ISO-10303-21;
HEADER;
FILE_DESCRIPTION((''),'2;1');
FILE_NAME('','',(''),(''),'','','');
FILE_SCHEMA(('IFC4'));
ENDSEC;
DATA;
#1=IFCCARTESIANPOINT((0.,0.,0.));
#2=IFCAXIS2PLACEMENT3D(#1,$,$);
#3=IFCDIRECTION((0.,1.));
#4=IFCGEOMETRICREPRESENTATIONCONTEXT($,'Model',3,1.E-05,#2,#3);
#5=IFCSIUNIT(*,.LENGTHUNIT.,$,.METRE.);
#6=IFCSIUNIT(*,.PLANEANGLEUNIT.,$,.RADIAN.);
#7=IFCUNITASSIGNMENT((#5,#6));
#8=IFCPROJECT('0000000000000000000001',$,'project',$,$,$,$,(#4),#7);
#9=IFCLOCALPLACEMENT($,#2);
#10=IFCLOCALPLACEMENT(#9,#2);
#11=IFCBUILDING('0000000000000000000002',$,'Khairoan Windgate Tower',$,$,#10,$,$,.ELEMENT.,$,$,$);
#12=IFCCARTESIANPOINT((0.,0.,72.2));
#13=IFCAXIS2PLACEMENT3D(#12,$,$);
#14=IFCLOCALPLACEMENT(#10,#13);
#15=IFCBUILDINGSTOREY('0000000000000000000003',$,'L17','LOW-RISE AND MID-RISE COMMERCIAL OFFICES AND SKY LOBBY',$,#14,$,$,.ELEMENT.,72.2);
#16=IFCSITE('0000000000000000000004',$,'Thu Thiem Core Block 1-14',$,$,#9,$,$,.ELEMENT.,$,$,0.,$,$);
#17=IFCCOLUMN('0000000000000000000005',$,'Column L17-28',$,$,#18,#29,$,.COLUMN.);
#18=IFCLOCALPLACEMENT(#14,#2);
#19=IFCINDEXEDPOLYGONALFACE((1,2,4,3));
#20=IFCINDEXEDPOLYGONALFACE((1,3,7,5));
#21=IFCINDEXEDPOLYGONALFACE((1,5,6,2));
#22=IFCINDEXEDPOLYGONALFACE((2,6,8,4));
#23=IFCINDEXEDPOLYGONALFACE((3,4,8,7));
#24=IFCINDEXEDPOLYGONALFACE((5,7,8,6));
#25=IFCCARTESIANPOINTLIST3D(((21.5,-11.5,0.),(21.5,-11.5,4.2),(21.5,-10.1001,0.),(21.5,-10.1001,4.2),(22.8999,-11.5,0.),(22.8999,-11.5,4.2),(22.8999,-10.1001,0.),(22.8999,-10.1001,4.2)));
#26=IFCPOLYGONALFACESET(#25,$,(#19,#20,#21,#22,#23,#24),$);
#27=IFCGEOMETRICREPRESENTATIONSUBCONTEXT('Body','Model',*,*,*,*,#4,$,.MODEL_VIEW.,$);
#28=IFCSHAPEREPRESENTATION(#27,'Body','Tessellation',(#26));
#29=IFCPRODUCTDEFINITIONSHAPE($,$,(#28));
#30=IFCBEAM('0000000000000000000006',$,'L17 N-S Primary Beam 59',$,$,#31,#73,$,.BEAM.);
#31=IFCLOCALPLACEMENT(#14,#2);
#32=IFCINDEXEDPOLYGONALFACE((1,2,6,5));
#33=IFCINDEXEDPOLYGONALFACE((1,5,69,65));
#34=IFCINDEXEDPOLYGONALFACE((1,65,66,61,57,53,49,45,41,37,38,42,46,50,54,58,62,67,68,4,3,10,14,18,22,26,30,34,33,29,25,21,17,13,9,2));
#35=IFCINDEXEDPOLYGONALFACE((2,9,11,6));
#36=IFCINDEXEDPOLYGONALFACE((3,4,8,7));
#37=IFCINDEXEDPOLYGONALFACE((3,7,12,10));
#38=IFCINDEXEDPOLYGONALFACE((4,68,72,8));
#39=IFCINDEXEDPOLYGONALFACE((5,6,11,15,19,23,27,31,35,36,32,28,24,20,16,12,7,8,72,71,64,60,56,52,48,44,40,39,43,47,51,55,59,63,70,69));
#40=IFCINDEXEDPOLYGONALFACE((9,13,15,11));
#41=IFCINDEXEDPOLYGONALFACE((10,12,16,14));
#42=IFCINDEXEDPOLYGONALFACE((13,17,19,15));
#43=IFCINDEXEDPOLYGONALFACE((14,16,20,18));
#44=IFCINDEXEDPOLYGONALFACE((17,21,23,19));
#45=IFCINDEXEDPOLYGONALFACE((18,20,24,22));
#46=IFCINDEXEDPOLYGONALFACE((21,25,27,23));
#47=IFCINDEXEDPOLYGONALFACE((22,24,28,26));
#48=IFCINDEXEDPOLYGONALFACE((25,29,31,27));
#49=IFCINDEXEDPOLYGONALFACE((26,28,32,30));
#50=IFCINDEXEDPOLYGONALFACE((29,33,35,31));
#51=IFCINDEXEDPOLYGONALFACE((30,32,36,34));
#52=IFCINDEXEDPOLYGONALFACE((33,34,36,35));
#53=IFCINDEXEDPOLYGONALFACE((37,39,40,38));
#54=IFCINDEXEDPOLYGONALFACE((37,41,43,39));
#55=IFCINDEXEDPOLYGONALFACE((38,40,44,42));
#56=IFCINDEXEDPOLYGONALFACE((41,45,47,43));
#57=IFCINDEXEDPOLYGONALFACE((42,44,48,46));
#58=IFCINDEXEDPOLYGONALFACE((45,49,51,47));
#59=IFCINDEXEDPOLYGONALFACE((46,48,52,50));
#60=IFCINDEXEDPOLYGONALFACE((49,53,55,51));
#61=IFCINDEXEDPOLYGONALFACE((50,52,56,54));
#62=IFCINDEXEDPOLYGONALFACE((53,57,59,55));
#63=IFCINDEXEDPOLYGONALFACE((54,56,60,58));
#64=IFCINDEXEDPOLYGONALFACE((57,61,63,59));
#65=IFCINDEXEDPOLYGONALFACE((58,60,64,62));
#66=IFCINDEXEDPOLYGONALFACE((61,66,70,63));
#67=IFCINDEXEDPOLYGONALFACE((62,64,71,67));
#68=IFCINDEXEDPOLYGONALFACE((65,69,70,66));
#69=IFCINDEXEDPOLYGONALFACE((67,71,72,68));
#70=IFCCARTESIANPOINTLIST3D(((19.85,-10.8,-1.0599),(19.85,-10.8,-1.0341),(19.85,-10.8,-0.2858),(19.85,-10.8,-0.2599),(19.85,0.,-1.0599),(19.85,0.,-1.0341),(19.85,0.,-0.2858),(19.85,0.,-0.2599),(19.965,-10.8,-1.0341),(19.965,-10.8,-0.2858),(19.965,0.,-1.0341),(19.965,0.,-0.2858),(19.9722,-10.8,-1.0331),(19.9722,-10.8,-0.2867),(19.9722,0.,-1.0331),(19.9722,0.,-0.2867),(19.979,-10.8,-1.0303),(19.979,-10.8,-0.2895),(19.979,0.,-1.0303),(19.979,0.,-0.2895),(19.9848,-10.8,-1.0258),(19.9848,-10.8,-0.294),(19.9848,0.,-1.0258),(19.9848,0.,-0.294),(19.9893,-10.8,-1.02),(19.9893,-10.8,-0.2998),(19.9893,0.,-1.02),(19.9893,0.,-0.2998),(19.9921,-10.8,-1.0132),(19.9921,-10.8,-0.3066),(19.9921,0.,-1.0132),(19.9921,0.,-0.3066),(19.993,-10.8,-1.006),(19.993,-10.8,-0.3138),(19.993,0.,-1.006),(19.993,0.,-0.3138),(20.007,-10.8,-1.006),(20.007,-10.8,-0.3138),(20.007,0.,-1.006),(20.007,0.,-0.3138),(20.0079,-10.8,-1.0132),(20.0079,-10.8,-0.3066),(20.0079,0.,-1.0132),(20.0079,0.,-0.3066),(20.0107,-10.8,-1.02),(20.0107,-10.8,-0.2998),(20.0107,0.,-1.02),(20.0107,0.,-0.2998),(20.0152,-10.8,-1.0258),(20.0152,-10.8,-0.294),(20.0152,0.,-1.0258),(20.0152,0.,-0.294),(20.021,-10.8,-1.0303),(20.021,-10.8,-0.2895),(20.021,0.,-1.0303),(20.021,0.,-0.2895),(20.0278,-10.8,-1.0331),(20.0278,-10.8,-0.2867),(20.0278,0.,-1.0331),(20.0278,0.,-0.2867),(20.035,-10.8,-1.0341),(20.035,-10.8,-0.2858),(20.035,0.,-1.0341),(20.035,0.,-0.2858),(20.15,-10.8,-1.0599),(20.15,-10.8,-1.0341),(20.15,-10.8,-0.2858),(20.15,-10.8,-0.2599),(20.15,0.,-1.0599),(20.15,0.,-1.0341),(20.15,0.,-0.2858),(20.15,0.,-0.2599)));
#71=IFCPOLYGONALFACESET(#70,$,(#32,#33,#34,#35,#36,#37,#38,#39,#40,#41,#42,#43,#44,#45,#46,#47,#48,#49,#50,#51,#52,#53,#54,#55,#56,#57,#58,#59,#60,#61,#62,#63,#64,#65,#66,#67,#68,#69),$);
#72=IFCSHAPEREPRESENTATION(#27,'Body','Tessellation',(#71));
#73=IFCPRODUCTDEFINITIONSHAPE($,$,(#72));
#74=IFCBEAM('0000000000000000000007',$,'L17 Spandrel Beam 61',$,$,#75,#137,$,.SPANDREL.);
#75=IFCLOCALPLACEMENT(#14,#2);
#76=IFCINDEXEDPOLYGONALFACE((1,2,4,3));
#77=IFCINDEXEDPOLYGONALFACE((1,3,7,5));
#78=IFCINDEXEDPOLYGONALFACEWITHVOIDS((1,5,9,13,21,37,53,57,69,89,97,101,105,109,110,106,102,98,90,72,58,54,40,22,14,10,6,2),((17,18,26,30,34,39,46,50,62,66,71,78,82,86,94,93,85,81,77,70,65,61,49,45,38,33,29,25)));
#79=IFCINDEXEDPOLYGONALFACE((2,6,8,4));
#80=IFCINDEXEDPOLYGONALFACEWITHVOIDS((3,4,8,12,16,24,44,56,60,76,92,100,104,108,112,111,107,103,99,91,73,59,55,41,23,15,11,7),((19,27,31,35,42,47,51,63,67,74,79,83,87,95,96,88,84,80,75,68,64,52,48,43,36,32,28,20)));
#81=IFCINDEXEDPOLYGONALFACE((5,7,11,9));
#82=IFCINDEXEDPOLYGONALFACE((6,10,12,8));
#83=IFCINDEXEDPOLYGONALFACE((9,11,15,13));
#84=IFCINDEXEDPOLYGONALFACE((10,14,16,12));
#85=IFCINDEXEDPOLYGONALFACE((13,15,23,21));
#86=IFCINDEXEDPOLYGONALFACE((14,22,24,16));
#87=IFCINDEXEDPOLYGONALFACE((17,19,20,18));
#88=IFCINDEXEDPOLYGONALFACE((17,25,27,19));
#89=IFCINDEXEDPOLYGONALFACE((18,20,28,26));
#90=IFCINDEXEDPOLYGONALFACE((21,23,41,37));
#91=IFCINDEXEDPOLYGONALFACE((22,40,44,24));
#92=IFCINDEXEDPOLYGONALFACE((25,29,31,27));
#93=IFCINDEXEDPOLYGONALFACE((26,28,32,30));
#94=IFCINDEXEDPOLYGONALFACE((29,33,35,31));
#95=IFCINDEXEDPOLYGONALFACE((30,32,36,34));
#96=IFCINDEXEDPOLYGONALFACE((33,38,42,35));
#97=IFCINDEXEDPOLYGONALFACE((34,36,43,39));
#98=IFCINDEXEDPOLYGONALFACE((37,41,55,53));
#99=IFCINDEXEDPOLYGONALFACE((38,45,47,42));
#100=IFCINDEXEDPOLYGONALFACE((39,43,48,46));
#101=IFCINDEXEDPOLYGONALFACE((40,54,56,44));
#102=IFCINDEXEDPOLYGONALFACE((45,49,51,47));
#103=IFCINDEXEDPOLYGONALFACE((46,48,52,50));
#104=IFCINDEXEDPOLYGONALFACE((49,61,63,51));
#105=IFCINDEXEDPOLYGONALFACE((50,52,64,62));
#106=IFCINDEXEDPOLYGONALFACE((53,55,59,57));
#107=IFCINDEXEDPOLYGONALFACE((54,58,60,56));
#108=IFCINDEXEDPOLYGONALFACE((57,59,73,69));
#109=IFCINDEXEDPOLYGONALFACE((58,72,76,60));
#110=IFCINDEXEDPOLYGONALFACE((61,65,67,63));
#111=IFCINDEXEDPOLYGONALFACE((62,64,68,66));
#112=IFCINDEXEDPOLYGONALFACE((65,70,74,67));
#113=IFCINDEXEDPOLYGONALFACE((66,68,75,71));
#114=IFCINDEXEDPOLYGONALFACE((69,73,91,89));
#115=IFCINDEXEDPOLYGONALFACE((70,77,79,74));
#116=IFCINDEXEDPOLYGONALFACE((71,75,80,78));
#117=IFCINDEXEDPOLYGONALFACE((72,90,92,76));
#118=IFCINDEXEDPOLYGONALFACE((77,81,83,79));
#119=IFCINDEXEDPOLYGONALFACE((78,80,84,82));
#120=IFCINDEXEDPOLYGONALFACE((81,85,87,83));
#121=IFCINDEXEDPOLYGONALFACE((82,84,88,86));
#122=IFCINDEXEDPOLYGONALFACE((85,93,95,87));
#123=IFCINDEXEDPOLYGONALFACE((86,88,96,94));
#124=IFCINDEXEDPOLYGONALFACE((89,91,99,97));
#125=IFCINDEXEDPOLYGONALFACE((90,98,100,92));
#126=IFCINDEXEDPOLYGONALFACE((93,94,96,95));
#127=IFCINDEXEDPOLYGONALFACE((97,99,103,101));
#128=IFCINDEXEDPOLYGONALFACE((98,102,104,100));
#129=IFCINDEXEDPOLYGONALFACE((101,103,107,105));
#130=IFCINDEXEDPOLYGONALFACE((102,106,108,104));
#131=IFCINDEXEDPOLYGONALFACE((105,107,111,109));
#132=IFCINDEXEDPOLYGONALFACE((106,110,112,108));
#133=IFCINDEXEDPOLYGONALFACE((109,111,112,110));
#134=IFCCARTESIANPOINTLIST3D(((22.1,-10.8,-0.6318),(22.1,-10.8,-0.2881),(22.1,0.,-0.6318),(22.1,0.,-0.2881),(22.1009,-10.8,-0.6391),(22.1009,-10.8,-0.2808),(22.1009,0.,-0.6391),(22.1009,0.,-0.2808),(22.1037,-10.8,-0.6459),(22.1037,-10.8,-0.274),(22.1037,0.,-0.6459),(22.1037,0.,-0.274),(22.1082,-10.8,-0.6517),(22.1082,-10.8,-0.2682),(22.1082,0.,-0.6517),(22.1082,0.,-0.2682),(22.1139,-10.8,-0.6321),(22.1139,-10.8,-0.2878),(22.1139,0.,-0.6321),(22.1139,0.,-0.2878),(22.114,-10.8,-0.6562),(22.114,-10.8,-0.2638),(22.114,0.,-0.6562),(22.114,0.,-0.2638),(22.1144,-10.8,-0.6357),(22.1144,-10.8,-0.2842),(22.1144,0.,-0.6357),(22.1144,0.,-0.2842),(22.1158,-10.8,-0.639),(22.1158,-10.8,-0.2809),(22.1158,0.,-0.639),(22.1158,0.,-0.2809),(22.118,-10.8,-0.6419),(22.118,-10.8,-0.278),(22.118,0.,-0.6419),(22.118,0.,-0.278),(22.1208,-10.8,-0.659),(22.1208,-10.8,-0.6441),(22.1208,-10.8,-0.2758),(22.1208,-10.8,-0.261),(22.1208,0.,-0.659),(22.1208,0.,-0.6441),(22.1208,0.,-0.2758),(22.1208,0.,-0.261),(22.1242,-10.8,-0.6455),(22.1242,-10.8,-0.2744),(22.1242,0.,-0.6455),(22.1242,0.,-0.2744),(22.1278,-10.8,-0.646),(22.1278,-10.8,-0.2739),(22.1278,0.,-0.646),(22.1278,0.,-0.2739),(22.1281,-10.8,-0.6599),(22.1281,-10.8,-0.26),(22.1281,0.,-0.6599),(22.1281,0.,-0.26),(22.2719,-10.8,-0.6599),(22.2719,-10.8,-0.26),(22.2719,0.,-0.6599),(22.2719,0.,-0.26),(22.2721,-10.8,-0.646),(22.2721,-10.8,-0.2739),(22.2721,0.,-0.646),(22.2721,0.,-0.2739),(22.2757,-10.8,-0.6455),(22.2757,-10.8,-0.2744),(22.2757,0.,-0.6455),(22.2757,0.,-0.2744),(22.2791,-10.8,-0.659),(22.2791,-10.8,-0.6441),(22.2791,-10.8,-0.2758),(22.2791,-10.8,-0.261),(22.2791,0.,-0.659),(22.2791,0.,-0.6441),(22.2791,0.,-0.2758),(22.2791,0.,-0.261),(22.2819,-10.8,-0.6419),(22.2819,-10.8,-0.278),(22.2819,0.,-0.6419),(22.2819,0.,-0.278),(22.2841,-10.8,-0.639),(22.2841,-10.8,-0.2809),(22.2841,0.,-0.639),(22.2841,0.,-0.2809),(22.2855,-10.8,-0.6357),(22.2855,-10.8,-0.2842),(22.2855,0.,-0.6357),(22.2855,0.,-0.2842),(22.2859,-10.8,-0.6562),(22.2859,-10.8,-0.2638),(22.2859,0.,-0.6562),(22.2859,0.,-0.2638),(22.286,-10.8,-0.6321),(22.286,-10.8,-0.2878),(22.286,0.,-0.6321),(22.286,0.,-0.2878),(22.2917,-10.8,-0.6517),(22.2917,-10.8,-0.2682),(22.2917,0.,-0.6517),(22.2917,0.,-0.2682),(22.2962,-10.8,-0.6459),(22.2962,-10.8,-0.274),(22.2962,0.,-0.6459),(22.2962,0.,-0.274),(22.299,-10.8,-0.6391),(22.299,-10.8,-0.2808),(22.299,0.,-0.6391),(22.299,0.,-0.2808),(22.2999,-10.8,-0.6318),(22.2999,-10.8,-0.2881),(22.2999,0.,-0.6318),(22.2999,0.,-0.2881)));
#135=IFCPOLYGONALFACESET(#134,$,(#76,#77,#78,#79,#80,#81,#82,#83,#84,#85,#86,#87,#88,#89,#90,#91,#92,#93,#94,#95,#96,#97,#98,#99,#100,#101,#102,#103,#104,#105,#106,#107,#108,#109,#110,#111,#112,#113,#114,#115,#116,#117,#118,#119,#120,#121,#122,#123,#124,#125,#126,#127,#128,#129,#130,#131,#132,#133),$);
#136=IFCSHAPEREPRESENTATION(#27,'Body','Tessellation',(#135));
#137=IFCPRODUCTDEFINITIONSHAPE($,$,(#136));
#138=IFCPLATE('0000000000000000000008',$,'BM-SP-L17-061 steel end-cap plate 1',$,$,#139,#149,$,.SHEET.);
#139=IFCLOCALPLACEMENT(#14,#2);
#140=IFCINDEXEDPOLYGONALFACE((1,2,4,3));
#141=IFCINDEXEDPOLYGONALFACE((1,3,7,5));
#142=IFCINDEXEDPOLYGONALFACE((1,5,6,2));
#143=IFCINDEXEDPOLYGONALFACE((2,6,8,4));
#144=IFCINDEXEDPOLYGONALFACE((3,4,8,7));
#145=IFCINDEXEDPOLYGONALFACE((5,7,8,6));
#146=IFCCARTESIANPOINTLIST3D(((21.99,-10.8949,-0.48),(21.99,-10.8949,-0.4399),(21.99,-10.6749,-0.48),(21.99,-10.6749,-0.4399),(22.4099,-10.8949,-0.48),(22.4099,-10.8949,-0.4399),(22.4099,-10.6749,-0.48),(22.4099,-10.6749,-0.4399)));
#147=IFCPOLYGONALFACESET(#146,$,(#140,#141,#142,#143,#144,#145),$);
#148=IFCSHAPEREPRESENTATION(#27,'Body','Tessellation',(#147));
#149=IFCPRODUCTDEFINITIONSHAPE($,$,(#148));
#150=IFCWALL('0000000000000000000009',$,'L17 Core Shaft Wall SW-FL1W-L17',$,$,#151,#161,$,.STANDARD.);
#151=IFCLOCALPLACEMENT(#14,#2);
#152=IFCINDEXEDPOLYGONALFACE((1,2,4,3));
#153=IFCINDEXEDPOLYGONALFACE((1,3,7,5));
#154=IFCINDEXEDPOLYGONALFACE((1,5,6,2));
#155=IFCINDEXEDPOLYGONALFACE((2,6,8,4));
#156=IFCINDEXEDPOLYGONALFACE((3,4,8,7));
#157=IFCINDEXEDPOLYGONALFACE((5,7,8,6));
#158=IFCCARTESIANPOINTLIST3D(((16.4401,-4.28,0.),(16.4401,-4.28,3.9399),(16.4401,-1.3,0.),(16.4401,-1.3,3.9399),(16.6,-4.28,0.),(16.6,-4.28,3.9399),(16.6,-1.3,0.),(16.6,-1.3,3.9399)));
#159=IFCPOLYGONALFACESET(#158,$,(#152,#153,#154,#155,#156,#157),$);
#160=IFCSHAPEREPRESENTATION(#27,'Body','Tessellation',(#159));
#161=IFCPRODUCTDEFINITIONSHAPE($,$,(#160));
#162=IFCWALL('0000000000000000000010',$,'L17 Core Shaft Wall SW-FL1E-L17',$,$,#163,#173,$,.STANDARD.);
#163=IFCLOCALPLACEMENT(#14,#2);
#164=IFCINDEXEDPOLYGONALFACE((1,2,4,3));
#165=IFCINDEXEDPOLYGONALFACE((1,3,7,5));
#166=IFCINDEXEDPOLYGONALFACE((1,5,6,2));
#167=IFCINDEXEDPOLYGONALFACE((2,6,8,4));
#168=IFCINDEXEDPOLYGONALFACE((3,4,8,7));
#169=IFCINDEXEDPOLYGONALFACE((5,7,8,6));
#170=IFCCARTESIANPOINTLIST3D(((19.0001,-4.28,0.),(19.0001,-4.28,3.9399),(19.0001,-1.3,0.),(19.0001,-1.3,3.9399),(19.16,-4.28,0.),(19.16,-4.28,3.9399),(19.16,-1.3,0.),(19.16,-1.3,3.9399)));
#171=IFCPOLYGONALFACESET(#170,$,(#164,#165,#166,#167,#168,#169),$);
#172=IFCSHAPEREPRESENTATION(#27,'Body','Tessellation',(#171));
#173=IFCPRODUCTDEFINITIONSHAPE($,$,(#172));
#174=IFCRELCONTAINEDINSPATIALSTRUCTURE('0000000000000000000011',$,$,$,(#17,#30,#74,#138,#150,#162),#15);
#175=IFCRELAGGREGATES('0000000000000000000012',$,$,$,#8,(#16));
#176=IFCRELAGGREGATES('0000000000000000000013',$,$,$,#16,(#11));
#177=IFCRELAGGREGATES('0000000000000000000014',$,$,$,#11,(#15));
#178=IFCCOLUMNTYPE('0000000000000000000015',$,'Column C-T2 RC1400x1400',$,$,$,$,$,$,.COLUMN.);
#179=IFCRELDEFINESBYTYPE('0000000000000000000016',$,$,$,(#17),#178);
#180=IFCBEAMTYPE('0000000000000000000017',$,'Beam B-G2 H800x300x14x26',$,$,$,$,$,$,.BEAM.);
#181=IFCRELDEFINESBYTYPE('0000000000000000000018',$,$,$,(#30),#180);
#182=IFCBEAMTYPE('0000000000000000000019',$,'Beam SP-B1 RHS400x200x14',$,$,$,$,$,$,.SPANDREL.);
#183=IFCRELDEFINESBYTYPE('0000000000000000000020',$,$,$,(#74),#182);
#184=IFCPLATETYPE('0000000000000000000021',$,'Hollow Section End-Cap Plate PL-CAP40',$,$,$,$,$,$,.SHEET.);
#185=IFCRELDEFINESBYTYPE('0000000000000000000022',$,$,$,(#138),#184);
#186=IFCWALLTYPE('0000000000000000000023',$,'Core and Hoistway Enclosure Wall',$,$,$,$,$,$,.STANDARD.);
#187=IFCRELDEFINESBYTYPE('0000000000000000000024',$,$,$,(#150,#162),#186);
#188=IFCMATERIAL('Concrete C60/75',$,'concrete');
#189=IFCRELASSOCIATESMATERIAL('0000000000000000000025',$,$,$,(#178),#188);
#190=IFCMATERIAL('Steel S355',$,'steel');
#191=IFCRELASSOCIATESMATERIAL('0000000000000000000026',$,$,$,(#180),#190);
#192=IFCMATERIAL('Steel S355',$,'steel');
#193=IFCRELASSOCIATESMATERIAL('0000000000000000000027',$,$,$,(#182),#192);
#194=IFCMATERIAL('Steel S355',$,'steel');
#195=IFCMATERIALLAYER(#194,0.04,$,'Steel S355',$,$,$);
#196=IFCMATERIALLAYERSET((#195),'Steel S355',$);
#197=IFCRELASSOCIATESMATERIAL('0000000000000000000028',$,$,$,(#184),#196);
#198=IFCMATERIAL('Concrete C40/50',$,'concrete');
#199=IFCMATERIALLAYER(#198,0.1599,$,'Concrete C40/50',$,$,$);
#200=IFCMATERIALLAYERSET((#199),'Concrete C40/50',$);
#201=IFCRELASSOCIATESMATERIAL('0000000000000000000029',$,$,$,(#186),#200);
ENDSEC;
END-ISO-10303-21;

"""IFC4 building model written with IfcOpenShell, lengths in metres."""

from ifc_helpers import new_model, si_unit, direction, frame, frame_2d, origin, origin_2d, place, context, subcontext, project, spatial, rectangle, hollow_rectangle, i_section, extrude, material, layer, layer_set, material_profile, profile_set, type_object, element, save


model = new_model("IFC4")

# Units and contexts
model_context = context("Model", 3, precision=1e-05, world=origin(), true_north=direction((0.0, 1.0)))
body_context = subcontext(model_context, "Body", "Model", "MODEL_VIEW")
ifc_project = project(units=[si_unit("LENGTHUNIT", "METRE"), si_unit("PLANEANGLEUNIT", "RADIAN")], contexts=[model_context])

# Site, building, storey
site_placement = place(None, origin())
site = spatial("IfcSite", under=ifc_project, at=site_placement, Name="Thu Thiem Core Block 1-14", CompositionType="ELEMENT", RefElevation=0.0)
building_placement = place(site_placement, origin())
building = spatial("IfcBuilding", under=site, at=building_placement, Name="Khairoan Windgate Tower", CompositionType="ELEMENT")
storey_placement = place(building_placement, frame((0.0, 0.0, 72.2)))
storey = spatial("IfcBuildingStorey", under=building, at=storey_placement, Name="L17", Description="LOW-RISE AND MID-RISE COMMERCIAL OFFICES AND SKY LOBBY", CompositionType="ELEMENT", Elevation=72.2)

# Column
ifc_material_1 = material(Name="Concrete C60/75", Category="concrete")
ifc_material_profile_1 = material_profile(ifc_material_1, rectangle(XDim=1.3999, YDim=1.3999, at=origin_2d()))
ifc_profile_set_1 = profile_set([ifc_material_profile_1], Name="Concrete C60/75")
column_type = type_object("IfcColumnType", Name="Column C-T2 RC1400x1400", PredefinedType="COLUMN", material=ifc_profile_set_1)
column_placement = place(storey_placement, frame((22.2, -10.8, 0.0), z_axis=(0.0, 0.0, 1.0), x_axis=(1.0, 0.0, 0.0)))
element("IfcColumn", 1, at=column_placement, inside=storey, type_object=column_type, Name="Column L17-28", PredefinedType="COLUMN", context=body_context, shape_type="SweptSolid", body=[
    extrude(rectangle(XDim=1.3999, YDim=1.3999, at=origin_2d()), origin(), (0.0, 0.0, 1.0), 4.2),
])

# Beams
ifc_material_2 = material(Name="Steel S355", Category="steel")
ifc_material_profile_2 = material_profile(ifc_material_2, i_section(OverallWidth=0.3, OverallDepth=0.8, WebThickness=0.0139, FlangeThickness=0.0259, FilletRadius=0.0281, at=origin_2d()))
ifc_profile_set_2 = profile_set([ifc_material_profile_2], Name="Steel S355")
beam_type_1 = type_object("IfcBeamType", Name="Beam B-G2 H800x300x14x26", PredefinedType="BEAM", material=ifc_profile_set_2)
beam_1_placement = place(storey_placement, frame((20.0, -10.8, -0.6599), z_axis=(0.0, 1.0, 0.0), x_axis=(-1.0, 0.0, 0.0)))
element("IfcBeam", 2, at=beam_1_placement, inside=storey, type_object=beam_type_1, Name="L17 N-S Primary Beam 59", PredefinedType="BEAM", context=body_context, shape_type="SweptSolid", body=[
    extrude(i_section(OverallWidth=0.3, OverallDepth=0.8, WebThickness=0.0139, FlangeThickness=0.0259, FilletRadius=0.0281, at=origin_2d()), origin(), (0.0, 0.0, 1.0), 10.8),
])
ifc_material_3 = material(Name="Steel S355", Category="steel")
ifc_material_profile_3 = material_profile(ifc_material_3, hollow_rectangle(XDim=0.2, YDim=0.3999, WallThickness=0.0139, InnerFilletRadius=0.0139, OuterFilletRadius=0.0281, at=origin_2d()))
ifc_profile_set_3 = profile_set([ifc_material_profile_3], Name="Steel S355")
beam_type_2 = type_object("IfcBeamType", Name="Beam SP-B1 RHS400x200x14", PredefinedType="SPANDREL", material=ifc_profile_set_3)
beam_2_placement = place(storey_placement, frame((22.2, -10.8, -0.46), z_axis=(0.0, 1.0, 0.0), x_axis=(-1.0, 0.0, 0.0)))
element("IfcBeam", 3, at=beam_2_placement, inside=storey, type_object=beam_type_2, Name="L17 Spandrel Beam 61", PredefinedType="SPANDREL", context=body_context, shape_type="SweptSolid", body=[
    extrude(hollow_rectangle(XDim=0.2, YDim=0.3999, WallThickness=0.0139, InnerFilletRadius=0.0139, OuterFilletRadius=0.0281, at=origin_2d()), origin(), (0.0, 0.0, 1.0), 10.8),
])

# Plate
ifc_material_4 = material(Name="Steel S355", Category="steel")
ifc_layer_1 = layer(ifc_material_4, 0.04, Name="Steel S355")
ifc_layer_set_1 = layer_set([ifc_layer_1], Name="Steel S355")
plate_type = type_object("IfcPlateType", Name="Hollow Section End-Cap Plate PL-CAP40", PredefinedType="SHEET", material=ifc_layer_set_1)
plate_placement = place(storey_placement, frame((22.2, -10.7849, -0.48), z_axis=(0.0, 0.0, 1.0), x_axis=(0.0, 1.0, 0.0)))
element("IfcPlate", 4, at=plate_placement, inside=storey, type_object=plate_type, Name="BM-SP-L17-061 steel end-cap plate 1", PredefinedType="SHEET", context=body_context, shape_type="SweptSolid", body=[
    extrude(rectangle(XDim=0.22, YDim=0.4199, at=origin_2d()), origin(), (0.0, 0.0, 1.0), 0.04),
])

# Walls
ifc_material_5 = material(Name="Concrete C40/50", Category="concrete")
ifc_layer_2 = layer(ifc_material_5, 0.1599, Name="Concrete C40/50")
ifc_layer_set_2 = layer_set([ifc_layer_2], Name="Concrete C40/50")
wall_type_1 = type_object("IfcWallType", Name="Core and Hoistway Enclosure Wall", PredefinedType="STANDARD", material=ifc_layer_set_2)
for number, where, z_axis, x_axis, name in (
    (5, (16.52, -4.28, 0.0), (0.0, 0.0, 1.0), (0.0, 1.0, 0.0), "L17 Core Shaft Wall SW-FL1W-L17"),
    (6, (19.0801, -4.28, 0.0), (0.0, 0.0, 1.0), (0.0, 1.0, 0.0), "L17 Core Shaft Wall SW-FL1E-L17"),
):
    element("IfcWall", number, at=place(storey_placement, frame(where, z_axis=z_axis, x_axis=x_axis)), inside=storey, type_object=wall_type_1, Name=name, PredefinedType="STANDARD", context=body_context, shape_type="SweptSolid", body=[
        extrude(rectangle(XDim=2.98, YDim=0.1599, at=frame_2d((1.49, 0.0))), origin(), (0.0, 0.0, 1.0), 3.9399),
    ])

save(model, "model.ifc")
